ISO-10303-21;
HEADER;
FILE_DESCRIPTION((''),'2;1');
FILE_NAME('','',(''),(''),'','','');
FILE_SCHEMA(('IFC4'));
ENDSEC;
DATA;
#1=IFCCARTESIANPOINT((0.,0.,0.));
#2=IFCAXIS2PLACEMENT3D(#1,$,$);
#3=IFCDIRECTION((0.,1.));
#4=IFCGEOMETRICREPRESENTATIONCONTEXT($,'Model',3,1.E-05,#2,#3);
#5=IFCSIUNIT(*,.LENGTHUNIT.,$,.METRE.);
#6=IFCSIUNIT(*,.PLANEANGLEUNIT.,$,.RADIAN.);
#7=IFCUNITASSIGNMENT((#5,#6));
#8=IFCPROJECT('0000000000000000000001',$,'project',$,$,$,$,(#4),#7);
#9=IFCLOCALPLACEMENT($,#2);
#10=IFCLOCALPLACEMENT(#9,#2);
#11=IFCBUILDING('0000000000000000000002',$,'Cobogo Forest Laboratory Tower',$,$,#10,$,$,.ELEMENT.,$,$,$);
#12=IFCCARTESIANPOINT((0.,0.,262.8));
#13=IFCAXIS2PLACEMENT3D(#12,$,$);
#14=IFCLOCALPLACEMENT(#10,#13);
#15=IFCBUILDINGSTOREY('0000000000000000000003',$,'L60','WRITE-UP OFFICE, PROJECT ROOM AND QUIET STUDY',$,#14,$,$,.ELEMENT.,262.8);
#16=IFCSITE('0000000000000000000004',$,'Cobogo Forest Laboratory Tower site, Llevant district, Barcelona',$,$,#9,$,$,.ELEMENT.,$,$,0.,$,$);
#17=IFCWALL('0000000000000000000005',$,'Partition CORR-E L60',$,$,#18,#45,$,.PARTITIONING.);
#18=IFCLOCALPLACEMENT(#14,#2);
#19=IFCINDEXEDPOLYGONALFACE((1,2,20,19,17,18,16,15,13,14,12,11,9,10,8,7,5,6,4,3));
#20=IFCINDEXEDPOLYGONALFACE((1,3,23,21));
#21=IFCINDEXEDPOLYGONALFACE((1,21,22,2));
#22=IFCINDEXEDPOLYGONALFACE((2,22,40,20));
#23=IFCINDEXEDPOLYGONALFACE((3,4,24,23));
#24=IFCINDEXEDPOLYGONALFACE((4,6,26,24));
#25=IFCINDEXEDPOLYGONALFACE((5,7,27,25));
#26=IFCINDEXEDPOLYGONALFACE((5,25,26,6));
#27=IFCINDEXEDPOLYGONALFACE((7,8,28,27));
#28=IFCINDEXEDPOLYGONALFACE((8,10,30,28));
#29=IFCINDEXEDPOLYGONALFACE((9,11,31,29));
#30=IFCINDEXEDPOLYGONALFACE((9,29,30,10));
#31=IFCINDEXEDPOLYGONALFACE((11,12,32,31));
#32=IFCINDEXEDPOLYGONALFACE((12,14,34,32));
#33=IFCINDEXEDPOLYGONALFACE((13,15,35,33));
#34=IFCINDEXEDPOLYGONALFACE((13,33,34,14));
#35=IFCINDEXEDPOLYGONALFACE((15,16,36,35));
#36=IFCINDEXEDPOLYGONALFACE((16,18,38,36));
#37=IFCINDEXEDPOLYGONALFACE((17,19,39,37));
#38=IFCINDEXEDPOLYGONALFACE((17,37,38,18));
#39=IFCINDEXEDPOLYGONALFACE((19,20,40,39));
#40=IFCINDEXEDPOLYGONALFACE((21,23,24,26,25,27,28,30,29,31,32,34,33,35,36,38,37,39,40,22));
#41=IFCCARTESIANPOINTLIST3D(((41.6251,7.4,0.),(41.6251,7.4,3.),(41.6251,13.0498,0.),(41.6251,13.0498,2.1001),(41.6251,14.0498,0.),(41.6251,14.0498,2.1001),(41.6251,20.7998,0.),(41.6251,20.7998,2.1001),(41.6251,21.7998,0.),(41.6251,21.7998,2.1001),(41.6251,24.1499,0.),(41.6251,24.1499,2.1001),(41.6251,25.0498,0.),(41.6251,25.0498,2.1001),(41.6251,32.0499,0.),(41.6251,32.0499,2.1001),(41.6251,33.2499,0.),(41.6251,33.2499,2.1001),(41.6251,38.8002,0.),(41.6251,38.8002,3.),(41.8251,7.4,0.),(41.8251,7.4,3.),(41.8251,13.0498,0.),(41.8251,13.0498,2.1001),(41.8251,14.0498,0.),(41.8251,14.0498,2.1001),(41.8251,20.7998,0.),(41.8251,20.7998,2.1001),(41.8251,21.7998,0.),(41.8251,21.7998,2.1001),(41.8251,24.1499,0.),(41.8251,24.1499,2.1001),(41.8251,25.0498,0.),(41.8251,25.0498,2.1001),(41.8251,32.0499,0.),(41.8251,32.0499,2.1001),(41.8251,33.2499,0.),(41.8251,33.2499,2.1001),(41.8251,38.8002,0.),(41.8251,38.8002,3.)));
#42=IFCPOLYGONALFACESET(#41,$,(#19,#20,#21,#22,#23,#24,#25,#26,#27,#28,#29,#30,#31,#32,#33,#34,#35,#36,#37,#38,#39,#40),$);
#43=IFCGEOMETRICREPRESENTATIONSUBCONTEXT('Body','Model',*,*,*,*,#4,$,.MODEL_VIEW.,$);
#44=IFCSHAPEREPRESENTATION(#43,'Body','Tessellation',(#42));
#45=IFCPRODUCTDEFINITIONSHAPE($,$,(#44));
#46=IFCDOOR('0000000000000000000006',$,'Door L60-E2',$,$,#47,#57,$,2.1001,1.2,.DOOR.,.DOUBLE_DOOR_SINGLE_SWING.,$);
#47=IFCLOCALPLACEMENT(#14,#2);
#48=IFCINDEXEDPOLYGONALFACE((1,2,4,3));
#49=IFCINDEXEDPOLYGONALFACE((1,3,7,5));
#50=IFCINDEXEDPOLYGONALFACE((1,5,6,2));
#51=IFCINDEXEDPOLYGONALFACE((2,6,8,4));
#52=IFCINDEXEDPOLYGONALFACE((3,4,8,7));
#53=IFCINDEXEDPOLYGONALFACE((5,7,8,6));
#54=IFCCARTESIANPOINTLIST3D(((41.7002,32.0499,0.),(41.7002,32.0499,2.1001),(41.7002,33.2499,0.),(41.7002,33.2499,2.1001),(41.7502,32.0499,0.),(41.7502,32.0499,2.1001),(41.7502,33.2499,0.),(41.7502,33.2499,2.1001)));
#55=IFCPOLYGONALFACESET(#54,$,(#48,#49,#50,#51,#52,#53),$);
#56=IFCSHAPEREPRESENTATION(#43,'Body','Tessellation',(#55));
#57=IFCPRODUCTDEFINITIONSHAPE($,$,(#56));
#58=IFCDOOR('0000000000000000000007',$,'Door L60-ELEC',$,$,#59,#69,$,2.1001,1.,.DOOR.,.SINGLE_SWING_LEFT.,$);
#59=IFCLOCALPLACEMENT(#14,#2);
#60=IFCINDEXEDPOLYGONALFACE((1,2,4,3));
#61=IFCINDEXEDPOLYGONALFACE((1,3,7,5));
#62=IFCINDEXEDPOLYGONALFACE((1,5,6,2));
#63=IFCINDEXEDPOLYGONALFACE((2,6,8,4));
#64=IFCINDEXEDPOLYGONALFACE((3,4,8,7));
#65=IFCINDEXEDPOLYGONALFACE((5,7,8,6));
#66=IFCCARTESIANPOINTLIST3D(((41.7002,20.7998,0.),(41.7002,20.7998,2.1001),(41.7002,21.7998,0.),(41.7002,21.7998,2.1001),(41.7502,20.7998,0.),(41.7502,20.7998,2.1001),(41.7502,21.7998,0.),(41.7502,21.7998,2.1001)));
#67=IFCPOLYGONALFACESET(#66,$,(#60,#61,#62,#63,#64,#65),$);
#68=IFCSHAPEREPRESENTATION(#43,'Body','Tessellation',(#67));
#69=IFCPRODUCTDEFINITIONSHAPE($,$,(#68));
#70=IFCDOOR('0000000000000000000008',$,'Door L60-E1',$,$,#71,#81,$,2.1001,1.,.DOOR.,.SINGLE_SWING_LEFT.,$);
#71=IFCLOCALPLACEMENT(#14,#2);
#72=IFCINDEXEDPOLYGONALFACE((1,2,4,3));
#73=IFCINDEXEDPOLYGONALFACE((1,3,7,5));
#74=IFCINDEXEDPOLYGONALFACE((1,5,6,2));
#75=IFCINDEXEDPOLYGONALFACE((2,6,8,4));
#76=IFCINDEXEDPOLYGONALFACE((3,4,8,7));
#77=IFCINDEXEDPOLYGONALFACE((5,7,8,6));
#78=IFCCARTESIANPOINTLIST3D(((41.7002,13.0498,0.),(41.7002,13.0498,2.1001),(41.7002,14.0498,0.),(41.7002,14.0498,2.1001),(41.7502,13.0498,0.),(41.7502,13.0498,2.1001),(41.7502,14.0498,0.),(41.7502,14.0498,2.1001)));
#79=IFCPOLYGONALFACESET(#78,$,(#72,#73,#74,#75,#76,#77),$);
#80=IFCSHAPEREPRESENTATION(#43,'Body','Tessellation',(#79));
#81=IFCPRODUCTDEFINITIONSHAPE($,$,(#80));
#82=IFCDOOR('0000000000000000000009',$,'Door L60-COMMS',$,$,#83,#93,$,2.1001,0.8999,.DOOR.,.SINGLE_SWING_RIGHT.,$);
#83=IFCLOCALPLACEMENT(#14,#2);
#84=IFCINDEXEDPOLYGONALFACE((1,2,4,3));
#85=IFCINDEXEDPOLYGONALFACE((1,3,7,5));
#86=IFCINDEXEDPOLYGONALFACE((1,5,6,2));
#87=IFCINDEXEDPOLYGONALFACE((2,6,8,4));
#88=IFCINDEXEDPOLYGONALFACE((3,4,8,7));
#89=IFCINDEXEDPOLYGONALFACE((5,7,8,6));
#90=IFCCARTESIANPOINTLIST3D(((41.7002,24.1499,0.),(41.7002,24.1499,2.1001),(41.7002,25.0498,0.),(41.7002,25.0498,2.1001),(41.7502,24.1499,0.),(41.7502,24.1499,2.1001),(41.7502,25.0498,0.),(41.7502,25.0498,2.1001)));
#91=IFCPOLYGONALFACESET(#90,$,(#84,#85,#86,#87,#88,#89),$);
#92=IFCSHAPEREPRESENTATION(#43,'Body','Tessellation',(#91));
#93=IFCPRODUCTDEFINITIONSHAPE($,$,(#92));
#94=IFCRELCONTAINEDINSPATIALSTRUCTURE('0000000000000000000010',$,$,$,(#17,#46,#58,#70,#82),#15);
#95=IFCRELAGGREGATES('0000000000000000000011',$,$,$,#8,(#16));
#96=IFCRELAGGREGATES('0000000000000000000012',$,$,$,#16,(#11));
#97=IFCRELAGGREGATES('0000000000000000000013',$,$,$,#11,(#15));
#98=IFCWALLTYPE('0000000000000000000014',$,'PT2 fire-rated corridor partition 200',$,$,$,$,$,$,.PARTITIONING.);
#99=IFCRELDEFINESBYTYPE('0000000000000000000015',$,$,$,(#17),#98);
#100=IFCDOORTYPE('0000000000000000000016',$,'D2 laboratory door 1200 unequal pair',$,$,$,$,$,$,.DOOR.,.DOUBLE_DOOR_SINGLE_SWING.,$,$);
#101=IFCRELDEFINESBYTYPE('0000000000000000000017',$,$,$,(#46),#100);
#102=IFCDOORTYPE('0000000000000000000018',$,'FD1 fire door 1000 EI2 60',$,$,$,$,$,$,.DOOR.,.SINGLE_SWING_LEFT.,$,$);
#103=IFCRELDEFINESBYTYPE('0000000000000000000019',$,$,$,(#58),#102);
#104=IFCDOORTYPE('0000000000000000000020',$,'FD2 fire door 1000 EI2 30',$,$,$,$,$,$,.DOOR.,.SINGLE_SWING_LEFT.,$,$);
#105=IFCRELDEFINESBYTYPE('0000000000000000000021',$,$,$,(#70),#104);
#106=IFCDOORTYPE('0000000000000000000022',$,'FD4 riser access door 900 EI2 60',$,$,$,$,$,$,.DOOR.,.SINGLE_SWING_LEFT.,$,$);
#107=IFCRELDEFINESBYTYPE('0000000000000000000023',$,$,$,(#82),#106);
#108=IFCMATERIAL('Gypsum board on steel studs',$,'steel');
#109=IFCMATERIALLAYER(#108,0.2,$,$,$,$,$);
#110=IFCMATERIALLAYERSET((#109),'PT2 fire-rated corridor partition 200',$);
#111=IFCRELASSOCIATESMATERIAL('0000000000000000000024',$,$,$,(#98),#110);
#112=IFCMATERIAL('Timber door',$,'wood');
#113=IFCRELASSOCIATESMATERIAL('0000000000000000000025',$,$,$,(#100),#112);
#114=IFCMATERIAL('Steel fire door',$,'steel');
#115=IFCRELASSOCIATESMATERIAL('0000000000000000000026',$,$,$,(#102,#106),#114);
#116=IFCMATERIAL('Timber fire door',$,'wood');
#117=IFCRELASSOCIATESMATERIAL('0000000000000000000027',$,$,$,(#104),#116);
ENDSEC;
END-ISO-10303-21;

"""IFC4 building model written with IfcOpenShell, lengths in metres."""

from ifc_helpers import new_model, si_unit, direction, frame, frame_2d, origin, place, context, subcontext, project, spatial, rectangle, extrude, material, layer, layer_set, type_object, element, fill, save


model = new_model("IFC4")

# Units and contexts
model_context = context("Model", 3, precision=1e-05, world=origin(), true_north=direction((0.0, 1.0)))
body_context = subcontext(model_context, "Body", "Model", "MODEL_VIEW")
ifc_project = project(units=[si_unit("LENGTHUNIT", "METRE"), si_unit("PLANEANGLEUNIT", "RADIAN")], contexts=[model_context])

# Site, building, storey
site_placement = place(None, origin())
site = spatial("IfcSite", under=ifc_project, at=site_placement, Name="Cobogo Forest Laboratory Tower site, Llevant district, Barcelona", CompositionType="ELEMENT", RefElevation=0.0)
building_placement = place(site_placement, origin())
building = spatial("IfcBuilding", under=site, at=building_placement, Name="Cobogo Forest Laboratory Tower", CompositionType="ELEMENT")
storey_placement = place(building_placement, frame((0.0, 0.0, 262.8)))
storey = spatial("IfcBuildingStorey", under=building, at=storey_placement, Name="L60", Description="WRITE-UP OFFICE, PROJECT ROOM AND QUIET STUDY", CompositionType="ELEMENT", Elevation=262.8)

# Shared definitions
ifc_material_1 = material(Name="Gypsum board on steel studs", Category="steel")

# Wall, openings, doors
ifc_layer_1 = layer(ifc_material_1, 0.2)
ifc_layer_set_1 = layer_set([ifc_layer_1], Name="PT2 fire-rated corridor partition 200")
wall_type_1 = type_object("IfcWallType", Name="PT2 fire-rated corridor partition 200", PredefinedType="PARTITIONING", material=ifc_layer_set_1)
wall_1_placement = place(storey_placement, frame((41.7251, 7.3999, 0.0), z_axis=(0.0, 0.0, 1.0), x_axis=(0.0, 1.0, 0.0)))
wall_1 = element("IfcWall", 1, at=wall_1_placement, inside=storey, type_object=wall_type_1, Name="Partition CORR-E L60", PredefinedType="PARTITIONING", context=body_context, shape_type="SweptSolid", body=[
    extrude(rectangle(XDim=31.4001, YDim=0.2, at=frame_2d((15.7002, 0.0))), origin(), (0.0, 0.0, 1.0), 3.0),
])
opening_1_placement = place(wall_1_placement, frame((5.6499, 0.0, 0.0)))
opening_1 = element("IfcOpeningElement", 2, at=opening_1_placement, cuts=wall_1, PredefinedType="OPENING", context=body_context, shape_type="SweptSolid", body=[
    extrude(rectangle(XDim=1.0, YDim=2.1001, at=frame_2d((0.5, 1.05))), frame((0.0, 0.1099, 0.0), z_axis=(0.0, -1.0, 0.0), x_axis=(1.0, 0.0, 0.0)), (0.0, 0.0, 1.0), 0.22),
])
opening_2_placement = place(wall_1_placement, frame((13.3999, 0.0, 0.0)))
opening_2 = element("IfcOpeningElement", 3, at=opening_2_placement, cuts=wall_1, PredefinedType="OPENING", context=body_context, shape_type="SweptSolid", body=[
    extrude(rectangle(XDim=1.0, YDim=2.1001, at=frame_2d((0.5, 1.05))), frame((0.0, 0.1099, 0.0), z_axis=(0.0, -1.0, 0.0), x_axis=(1.0, 0.0, 0.0)), (0.0, 0.0, 1.0), 0.22),
])
opening_3_placement = place(wall_1_placement, frame((16.75, 0.0, 0.0)))
opening_3 = element("IfcOpeningElement", 4, at=opening_3_placement, cuts=wall_1, PredefinedType="OPENING", context=body_context, shape_type="SweptSolid", body=[
    extrude(rectangle(XDim=0.8999, YDim=2.1001, at=frame_2d((0.45, 1.05))), frame((0.0, 0.1099, 0.0), z_axis=(0.0, -1.0, 0.0), x_axis=(1.0, 0.0, 0.0)), (0.0, 0.0, 1.0), 0.22),
])
opening_4_placement = place(wall_1_placement, frame((24.6499, 0.0, 0.0)))
opening_4 = element("IfcOpeningElement", 5, at=opening_4_placement, cuts=wall_1, PredefinedType="OPENING", context=body_context, shape_type="SweptSolid", body=[
    extrude(rectangle(XDim=1.2, YDim=2.1001, at=frame_2d((0.6001, 1.05))), frame((0.0, 0.1099, 0.0), z_axis=(0.0, -1.0, 0.0), x_axis=(1.0, 0.0, 0.0)), (0.0, 0.0, 1.0), 0.22),
])
ifc_material_2 = material(Name="Timber door", Category="wood")
door_type_1 = type_object("IfcDoorType", Name="D2 laboratory door 1200 unequal pair", OperationType="DOUBLE_DOOR_SINGLE_SWING", PredefinedType="DOOR", material=ifc_material_2)
door_1_placement = place(opening_4_placement, origin())
door_1 = element("IfcDoor", 6, at=door_1_placement, inside=storey, type_object=door_type_1, Name="Door L60-E2", OperationType="DOUBLE_DOOR_SINGLE_SWING", OverallHeight=2.1001, OverallWidth=1.2, PredefinedType="DOOR", context=body_context, shape_type="SweptSolid", body=[
    extrude(rectangle(XDim=1.2, YDim=2.1001, at=frame_2d((0.6001, 1.05))), frame((0.0, 0.0249, 0.0), z_axis=(0.0, -1.0, 0.0), x_axis=(1.0, 0.0, 0.0)), (0.0, 0.0, 1.0), 0.05),
])
fill(opening_4, door_1)
ifc_material_3 = material(Name="Steel fire door", Category="steel")
door_type_2 = type_object("IfcDoorType", Name="FD1 fire door 1000 EI2 60", OperationType="SINGLE_SWING_LEFT", PredefinedType="DOOR", material=ifc_material_3)
door_2_placement = place(opening_2_placement, origin())
door_2 = element("IfcDoor", 7, at=door_2_placement, inside=storey, type_object=door_type_2, Name="Door L60-ELEC", OperationType="SINGLE_SWING_LEFT", OverallHeight=2.1001, OverallWidth=1.0, PredefinedType="DOOR", context=body_context, shape_type="SweptSolid", body=[
    extrude(rectangle(XDim=1.0, YDim=2.1001, at=frame_2d((0.5, 1.05))), frame((0.0, 0.0249, 0.0), z_axis=(0.0, -1.0, 0.0), x_axis=(1.0, 0.0, 0.0)), (0.0, 0.0, 1.0), 0.05),
])
fill(opening_2, door_2)
ifc_material_4 = material(Name="Timber fire door", Category="wood")
door_type_3 = type_object("IfcDoorType", Name="FD2 fire door 1000 EI2 30", OperationType="SINGLE_SWING_LEFT", PredefinedType="DOOR", material=ifc_material_4)
door_3_placement = place(opening_1_placement, origin())
door_3 = element("IfcDoor", 8, at=door_3_placement, inside=storey, type_object=door_type_3, Name="Door L60-E1", OperationType="SINGLE_SWING_LEFT", OverallHeight=2.1001, OverallWidth=1.0, PredefinedType="DOOR", context=body_context, shape_type="SweptSolid", body=[
    extrude(rectangle(XDim=1.0, YDim=2.1001, at=frame_2d((0.5, 1.05))), frame((0.0, 0.0249, 0.0), z_axis=(0.0, -1.0, 0.0), x_axis=(1.0, 0.0, 0.0)), (0.0, 0.0, 1.0), 0.05),
])
fill(opening_1, door_3)
door_type_4 = type_object("IfcDoorType", Name="FD4 riser access door 900 EI2 60", OperationType="SINGLE_SWING_LEFT", PredefinedType="DOOR", material=ifc_material_3)
door_4_placement = place(opening_3_placement, origin())
door_4 = element("IfcDoor", 9, at=door_4_placement, inside=storey, type_object=door_type_4, Name="Door L60-COMMS", OperationType="SINGLE_SWING_RIGHT", OverallHeight=2.1001, OverallWidth=0.8999, PredefinedType="DOOR", context=body_context, shape_type="SweptSolid", body=[
    extrude(rectangle(XDim=0.8999, YDim=2.1001, at=frame_2d((0.45, 1.05))), frame((0.0, 0.0249, 0.0), z_axis=(0.0, -1.0, 0.0), x_axis=(1.0, 0.0, 0.0)), (0.0, 0.0, 1.0), 0.05),
])
fill(opening_3, door_4)

save(model, "model.ifc")
